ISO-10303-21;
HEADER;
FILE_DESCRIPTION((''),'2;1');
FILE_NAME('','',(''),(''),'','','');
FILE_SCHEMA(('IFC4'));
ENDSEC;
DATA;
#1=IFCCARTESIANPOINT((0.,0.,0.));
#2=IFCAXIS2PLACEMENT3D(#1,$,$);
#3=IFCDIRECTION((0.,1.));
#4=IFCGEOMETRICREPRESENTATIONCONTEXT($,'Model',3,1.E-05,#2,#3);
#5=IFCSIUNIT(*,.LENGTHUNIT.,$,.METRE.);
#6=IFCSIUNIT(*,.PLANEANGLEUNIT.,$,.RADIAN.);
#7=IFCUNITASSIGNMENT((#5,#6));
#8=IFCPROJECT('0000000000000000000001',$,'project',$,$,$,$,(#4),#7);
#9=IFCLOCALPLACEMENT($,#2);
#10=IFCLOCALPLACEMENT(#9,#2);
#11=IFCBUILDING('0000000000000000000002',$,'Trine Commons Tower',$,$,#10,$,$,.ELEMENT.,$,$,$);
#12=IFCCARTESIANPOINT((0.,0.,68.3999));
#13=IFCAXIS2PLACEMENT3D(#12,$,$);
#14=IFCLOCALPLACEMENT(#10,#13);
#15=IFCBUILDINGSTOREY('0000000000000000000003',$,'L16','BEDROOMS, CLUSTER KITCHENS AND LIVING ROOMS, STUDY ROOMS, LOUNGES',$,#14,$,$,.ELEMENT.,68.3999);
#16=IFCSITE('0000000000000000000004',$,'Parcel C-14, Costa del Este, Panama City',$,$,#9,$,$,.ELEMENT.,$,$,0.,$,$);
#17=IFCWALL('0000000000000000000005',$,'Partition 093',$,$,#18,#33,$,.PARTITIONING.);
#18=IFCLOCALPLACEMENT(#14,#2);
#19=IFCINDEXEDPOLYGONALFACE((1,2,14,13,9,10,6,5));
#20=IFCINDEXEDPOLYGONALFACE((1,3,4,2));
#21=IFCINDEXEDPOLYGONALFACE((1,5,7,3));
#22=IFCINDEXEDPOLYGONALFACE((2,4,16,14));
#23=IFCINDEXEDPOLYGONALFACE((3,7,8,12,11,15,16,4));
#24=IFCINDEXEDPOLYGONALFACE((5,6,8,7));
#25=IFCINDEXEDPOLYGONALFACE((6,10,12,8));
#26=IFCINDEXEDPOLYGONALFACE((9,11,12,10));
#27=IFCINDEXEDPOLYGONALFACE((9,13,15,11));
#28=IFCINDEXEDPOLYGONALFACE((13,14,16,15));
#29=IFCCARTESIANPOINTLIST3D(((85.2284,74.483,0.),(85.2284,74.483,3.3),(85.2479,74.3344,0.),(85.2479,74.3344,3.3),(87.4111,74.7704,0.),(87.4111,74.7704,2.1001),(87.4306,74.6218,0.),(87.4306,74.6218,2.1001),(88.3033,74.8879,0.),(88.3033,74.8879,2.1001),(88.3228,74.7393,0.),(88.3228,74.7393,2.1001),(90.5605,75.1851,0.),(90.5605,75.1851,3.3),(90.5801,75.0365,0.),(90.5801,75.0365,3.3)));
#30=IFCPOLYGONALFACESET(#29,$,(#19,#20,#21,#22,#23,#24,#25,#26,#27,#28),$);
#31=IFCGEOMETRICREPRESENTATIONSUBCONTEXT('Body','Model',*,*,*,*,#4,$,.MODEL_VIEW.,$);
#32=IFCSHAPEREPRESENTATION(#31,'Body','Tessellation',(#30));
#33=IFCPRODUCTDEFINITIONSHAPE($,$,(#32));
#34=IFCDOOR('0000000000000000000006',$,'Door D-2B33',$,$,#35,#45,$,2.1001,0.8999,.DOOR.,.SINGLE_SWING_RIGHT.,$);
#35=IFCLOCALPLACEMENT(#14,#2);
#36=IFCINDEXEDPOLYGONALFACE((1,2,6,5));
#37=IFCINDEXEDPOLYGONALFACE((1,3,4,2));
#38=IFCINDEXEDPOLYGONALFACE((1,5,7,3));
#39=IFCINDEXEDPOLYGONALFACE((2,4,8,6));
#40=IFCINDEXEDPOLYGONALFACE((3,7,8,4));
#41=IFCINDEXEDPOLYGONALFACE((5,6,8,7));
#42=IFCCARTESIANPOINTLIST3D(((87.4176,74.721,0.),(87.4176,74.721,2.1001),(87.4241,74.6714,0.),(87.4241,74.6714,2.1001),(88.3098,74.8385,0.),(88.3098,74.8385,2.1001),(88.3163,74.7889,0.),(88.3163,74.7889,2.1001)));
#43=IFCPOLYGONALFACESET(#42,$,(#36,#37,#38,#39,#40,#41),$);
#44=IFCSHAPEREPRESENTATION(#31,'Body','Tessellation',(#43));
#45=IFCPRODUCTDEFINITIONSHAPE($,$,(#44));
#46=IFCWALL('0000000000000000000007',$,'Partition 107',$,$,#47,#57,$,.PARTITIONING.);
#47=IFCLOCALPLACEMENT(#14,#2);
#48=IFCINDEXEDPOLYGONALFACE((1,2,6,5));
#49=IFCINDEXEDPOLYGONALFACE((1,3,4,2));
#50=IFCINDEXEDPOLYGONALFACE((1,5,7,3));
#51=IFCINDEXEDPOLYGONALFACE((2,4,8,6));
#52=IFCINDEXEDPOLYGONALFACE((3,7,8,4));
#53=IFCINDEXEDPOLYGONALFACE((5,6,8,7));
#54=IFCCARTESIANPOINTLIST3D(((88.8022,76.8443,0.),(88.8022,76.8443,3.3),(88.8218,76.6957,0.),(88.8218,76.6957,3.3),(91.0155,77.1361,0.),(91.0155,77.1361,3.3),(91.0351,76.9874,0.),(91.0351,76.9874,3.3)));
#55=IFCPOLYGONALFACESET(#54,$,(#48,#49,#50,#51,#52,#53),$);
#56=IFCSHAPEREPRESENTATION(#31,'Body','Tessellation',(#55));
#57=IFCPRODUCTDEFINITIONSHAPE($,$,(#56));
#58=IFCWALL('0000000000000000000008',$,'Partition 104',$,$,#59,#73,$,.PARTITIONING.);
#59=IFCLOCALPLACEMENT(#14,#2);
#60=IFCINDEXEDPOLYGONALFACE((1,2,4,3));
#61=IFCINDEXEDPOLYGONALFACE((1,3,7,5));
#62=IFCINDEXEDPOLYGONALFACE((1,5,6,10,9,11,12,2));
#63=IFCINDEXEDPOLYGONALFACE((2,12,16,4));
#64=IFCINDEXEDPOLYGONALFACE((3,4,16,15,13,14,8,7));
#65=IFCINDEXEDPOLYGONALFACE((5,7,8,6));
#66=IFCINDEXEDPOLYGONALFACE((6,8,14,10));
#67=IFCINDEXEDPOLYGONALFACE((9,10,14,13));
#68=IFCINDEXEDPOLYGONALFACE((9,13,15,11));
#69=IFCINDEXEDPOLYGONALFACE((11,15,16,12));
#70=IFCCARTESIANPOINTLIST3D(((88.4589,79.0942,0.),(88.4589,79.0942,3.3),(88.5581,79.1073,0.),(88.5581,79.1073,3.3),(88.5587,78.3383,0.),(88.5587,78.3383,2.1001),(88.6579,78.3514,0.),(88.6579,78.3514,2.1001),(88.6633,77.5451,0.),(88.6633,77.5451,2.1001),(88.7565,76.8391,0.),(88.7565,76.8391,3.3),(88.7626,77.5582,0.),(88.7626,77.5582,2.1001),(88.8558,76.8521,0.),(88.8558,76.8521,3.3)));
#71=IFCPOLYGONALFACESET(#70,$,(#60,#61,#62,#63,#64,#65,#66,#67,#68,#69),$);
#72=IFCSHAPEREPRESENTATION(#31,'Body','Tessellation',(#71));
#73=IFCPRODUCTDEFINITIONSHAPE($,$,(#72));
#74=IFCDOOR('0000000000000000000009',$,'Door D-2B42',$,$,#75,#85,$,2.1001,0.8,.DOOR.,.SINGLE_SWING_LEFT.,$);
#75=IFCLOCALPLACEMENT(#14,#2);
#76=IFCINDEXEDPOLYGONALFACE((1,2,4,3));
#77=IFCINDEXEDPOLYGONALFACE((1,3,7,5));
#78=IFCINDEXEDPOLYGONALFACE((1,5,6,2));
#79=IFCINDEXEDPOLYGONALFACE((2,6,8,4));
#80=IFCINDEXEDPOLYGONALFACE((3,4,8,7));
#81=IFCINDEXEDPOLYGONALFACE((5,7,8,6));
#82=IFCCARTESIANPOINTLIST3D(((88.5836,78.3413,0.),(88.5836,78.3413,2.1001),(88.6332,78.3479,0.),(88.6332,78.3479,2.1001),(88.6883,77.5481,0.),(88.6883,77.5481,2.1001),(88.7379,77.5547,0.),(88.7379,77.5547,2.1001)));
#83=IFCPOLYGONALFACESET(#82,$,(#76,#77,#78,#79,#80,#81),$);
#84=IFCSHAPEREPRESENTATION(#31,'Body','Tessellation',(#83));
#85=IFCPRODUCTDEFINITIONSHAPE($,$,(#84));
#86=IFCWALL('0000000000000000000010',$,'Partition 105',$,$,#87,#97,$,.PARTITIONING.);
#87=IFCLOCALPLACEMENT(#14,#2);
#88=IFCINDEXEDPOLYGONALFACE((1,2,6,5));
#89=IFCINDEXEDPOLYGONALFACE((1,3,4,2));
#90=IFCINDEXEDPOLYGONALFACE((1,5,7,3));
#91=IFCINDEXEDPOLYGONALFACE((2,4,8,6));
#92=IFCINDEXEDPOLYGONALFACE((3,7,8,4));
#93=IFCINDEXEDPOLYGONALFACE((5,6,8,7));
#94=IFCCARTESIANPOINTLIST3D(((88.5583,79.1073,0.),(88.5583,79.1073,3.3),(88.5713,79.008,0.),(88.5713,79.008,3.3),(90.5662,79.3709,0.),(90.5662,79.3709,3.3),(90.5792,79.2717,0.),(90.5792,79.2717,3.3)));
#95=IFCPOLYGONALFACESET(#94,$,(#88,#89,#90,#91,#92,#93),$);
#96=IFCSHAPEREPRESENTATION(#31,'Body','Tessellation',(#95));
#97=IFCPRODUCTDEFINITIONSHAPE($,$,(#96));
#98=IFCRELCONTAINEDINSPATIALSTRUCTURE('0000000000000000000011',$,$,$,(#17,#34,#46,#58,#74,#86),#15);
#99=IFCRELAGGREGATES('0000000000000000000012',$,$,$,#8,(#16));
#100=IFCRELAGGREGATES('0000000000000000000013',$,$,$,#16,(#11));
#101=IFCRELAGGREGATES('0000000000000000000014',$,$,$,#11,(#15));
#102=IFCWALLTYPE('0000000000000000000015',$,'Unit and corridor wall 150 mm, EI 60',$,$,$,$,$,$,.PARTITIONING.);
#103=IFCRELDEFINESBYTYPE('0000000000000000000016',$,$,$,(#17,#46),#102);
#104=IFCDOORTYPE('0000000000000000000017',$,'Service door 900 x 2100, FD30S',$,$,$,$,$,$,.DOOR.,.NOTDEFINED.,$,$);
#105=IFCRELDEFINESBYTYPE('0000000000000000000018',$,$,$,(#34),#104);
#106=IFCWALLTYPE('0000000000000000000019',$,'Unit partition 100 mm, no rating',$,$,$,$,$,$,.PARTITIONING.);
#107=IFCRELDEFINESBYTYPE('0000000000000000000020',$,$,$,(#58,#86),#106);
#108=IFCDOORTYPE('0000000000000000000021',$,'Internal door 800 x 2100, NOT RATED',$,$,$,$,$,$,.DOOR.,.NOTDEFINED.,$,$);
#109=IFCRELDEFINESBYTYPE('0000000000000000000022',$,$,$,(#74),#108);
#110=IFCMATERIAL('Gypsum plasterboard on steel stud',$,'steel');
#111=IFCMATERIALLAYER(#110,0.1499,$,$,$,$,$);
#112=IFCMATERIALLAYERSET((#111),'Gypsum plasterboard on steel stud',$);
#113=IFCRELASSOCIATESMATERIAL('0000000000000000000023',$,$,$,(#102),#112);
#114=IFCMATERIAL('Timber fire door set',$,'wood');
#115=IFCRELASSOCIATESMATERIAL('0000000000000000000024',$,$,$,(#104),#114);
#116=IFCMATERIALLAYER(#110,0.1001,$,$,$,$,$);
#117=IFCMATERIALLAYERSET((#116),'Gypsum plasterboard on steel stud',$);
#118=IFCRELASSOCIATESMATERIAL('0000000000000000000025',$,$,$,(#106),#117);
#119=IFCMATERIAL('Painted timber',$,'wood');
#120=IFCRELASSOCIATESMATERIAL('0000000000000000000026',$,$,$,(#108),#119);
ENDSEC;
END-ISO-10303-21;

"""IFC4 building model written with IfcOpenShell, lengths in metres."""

from ifc_helpers import new_model, si_unit, direction, frame, frame_2d, origin, place, context, subcontext, project, spatial, rectangle, extrude, material, layer, layer_set, type_object, element, fill, save


model = new_model("IFC4")

# Units and contexts
model_context = context("Model", 3, precision=1e-05, world=origin(), true_north=direction((0.0, 1.0)))
body_context = subcontext(model_context, "Body", "Model", "MODEL_VIEW")
ifc_project = project(units=[si_unit("LENGTHUNIT", "METRE"), si_unit("PLANEANGLEUNIT", "RADIAN")], contexts=[model_context])

# Site, building, storey
site_placement = place(None, origin())
site = spatial("IfcSite", under=ifc_project, at=site_placement, Name="Parcel C-14, Costa del Este, Panama City", CompositionType="ELEMENT", RefElevation=0.0)
building_placement = place(site_placement, origin())
building = spatial("IfcBuilding", under=site, at=building_placement, Name="Trine Commons Tower", CompositionType="ELEMENT")
storey_placement = place(building_placement, frame((0.0, 0.0, 68.3999)))
storey = spatial("IfcBuildingStorey", under=building, at=storey_placement, Name="L16", Description="BEDROOMS, CLUSTER KITCHENS AND LIVING ROOMS, STUDY ROOMS, LOUNGES", CompositionType="ELEMENT", Elevation=68.3999)

# Shared definitions
ifc_material_1 = material(Name="Gypsum plasterboard on steel stud", Category="steel")
ifc_layer_1 = layer(ifc_material_1, 0.1499)
ifc_layer_set_1 = layer_set([ifc_layer_1], Name="Gypsum plasterboard on steel stud")
wall_type_1 = type_object("IfcWallType", Name="Unit and corridor wall 150 mm, EI 60", PredefinedType="PARTITIONING", material=ifc_layer_set_1)

# Shared definitions
ifc_material_2 = material(Name="Painted timber", Category="wood")
ifc_material_3 = material(Name="Timber fire door set", Category="wood")

# Wall, opening, door
wall_1_placement = place(storey_placement, frame((85.2383, 74.4087, 0.0), z_axis=(0.0, 0.0, 1.0), x_axis=(0.991441, 0.130558, 0.0)))
wall_1 = element("IfcWall", 1, at=wall_1_placement, inside=storey, type_object=wall_type_1, Name="Partition 093", PredefinedType="PARTITIONING", context=body_context, shape_type="SweptSolid", body=[
    extrude(rectangle(XDim=5.3782, YDim=0.1499, at=frame_2d((2.689, 0.0))), origin(), (0.0, 0.0, 1.0), 3.3),
])
opening_1_placement = place(wall_1_placement, frame((2.2014, 0.0, 0.0)))
opening_1 = element("IfcOpeningElement", 2, at=opening_1_placement, cuts=wall_1, PredefinedType="OPENING", context=body_context, shape_type="SweptSolid", body=[
    extrude(rectangle(XDim=0.8999, YDim=2.1001, at=frame_2d((0.45, 1.05))), frame((0.0, 0.085, 0.0), z_axis=(0.0, -1.0, 0.0), x_axis=(1.0, 0.0, 0.0)), (0.0, 0.0, 1.0), 0.1699),
])
door_type_1 = type_object("IfcDoorType", Name="Service door 900 x 2100, FD30S", OperationType="NOTDEFINED", PredefinedType="DOOR", material=ifc_material_3)
door_1_placement = place(opening_1_placement, frame((0.8999, 0.0, 0.0), z_axis=(0.0, 0.0, 1.0), x_axis=(-1.0, 0.0, 0.0)))
door_1 = element("IfcDoor", 3, at=door_1_placement, inside=storey, type_object=door_type_1, Name="Door D-2B33", OperationType="SINGLE_SWING_RIGHT", OverallHeight=2.1001, OverallWidth=0.8999, PredefinedType="DOOR", context=body_context, shape_type="SweptSolid", body=[
    extrude(rectangle(XDim=0.8999, YDim=2.1001, at=frame_2d((0.45, 1.05))), frame((0.0, 0.0249, 0.0), z_axis=(0.0, -1.0, 0.0), x_axis=(1.0, 0.0, 0.0)), (0.0, 0.0, 1.0), 0.05),
])
fill(opening_1, door_1)

# Wall
wall_2_placement = place(storey_placement, frame((88.812, 76.77, 0.0), z_axis=(0.0, 0.0, 1.0), x_axis=(0.991424, 0.130681, 0.0)))
element("IfcWall", 4, at=wall_2_placement, inside=storey, type_object=wall_type_1, Name="Partition 107", PredefinedType="PARTITIONING", context=body_context, shape_type="SweptSolid", body=[
    extrude(rectangle(XDim=2.2324, YDim=0.1499, at=frame_2d((1.1162, 0.0))), origin(), (0.0, 0.0, 1.0), 3.3),
])

# Wall, opening, door
ifc_layer_2 = layer(ifc_material_1, 0.1001)
ifc_layer_set_2 = layer_set([ifc_layer_2], Name="Gypsum plasterboard on steel stud")
wall_type_2 = type_object("IfcWallType", Name="Unit partition 100 mm, no rating", PredefinedType="PARTITIONING", material=ifc_layer_set_2)
wall_3_placement = place(storey_placement, frame((88.5085, 79.1006, 0.0), z_axis=(0.0, 0.0, 1.0), x_axis=(0.130835, -0.991404, 0.0)))
wall_3 = element("IfcWall", 5, at=wall_3_placement, inside=storey, type_object=wall_type_2, Name="Partition 104", PredefinedType="PARTITIONING", context=body_context, shape_type="SweptSolid", body=[
    extrude(rectangle(XDim=2.2747, YDim=0.1001, at=frame_2d((1.1372, 0.0))), origin(), (0.0, 0.0, 1.0), 3.3),
])
opening_2_placement = place(wall_3_placement, frame((0.7625, 0.0, 0.0)))
opening_2 = element("IfcOpeningElement", 6, at=opening_2_placement, cuts=wall_3, PredefinedType="OPENING", context=body_context, shape_type="SweptSolid", body=[
    extrude(rectangle(XDim=0.8, YDim=2.1001, at=frame_2d((0.3999, 1.05))), frame((0.0, 0.0601, 0.0), z_axis=(0.0, -1.0, 0.0), x_axis=(1.0, 0.0, 0.0)), (0.0, 0.0, 1.0), 0.1201),
])
door_type_2 = type_object("IfcDoorType", Name="Internal door 800 x 2100, NOT RATED", OperationType="NOTDEFINED", PredefinedType="DOOR", material=ifc_material_2)
door_2_placement = place(opening_2_placement, frame((0.8, 0.0, 0.0), z_axis=(0.0, 0.0, 1.0), x_axis=(-1.0, 0.0, 0.0)))
door_2 = element("IfcDoor", 7, at=door_2_placement, inside=storey, type_object=door_type_2, Name="Door D-2B42", OperationType="SINGLE_SWING_LEFT", OverallHeight=2.1001, OverallWidth=0.8, PredefinedType="DOOR", context=body_context, shape_type="SweptSolid", body=[
    extrude(rectangle(XDim=0.8, YDim=2.1001, at=frame_2d((0.3999, 1.05))), frame((0.0, 0.0249, 0.0), z_axis=(0.0, -1.0, 0.0), x_axis=(1.0, 0.0, 0.0)), (0.0, 0.0, 1.0), 0.05),
])
fill(opening_2, door_2)

# Wall
wall_4_placement = place(storey_placement, frame((88.5647, 79.0576, 0.0), z_axis=(0.0, 0.0, 1.0), x_axis=(0.991487, 0.130205, 0.0)))
element("IfcWall", 8, at=wall_4_placement, inside=storey, type_object=wall_type_2, Name="Partition 105", PredefinedType="PARTITIONING", context=body_context, shape_type="SweptSolid", body=[
    extrude(rectangle(XDim=2.0251, YDim=0.1001, at=frame_2d((1.0127, 0.0))), origin(), (0.0, 0.0, 1.0), 3.3),
])

save(model, "model.ifc")
